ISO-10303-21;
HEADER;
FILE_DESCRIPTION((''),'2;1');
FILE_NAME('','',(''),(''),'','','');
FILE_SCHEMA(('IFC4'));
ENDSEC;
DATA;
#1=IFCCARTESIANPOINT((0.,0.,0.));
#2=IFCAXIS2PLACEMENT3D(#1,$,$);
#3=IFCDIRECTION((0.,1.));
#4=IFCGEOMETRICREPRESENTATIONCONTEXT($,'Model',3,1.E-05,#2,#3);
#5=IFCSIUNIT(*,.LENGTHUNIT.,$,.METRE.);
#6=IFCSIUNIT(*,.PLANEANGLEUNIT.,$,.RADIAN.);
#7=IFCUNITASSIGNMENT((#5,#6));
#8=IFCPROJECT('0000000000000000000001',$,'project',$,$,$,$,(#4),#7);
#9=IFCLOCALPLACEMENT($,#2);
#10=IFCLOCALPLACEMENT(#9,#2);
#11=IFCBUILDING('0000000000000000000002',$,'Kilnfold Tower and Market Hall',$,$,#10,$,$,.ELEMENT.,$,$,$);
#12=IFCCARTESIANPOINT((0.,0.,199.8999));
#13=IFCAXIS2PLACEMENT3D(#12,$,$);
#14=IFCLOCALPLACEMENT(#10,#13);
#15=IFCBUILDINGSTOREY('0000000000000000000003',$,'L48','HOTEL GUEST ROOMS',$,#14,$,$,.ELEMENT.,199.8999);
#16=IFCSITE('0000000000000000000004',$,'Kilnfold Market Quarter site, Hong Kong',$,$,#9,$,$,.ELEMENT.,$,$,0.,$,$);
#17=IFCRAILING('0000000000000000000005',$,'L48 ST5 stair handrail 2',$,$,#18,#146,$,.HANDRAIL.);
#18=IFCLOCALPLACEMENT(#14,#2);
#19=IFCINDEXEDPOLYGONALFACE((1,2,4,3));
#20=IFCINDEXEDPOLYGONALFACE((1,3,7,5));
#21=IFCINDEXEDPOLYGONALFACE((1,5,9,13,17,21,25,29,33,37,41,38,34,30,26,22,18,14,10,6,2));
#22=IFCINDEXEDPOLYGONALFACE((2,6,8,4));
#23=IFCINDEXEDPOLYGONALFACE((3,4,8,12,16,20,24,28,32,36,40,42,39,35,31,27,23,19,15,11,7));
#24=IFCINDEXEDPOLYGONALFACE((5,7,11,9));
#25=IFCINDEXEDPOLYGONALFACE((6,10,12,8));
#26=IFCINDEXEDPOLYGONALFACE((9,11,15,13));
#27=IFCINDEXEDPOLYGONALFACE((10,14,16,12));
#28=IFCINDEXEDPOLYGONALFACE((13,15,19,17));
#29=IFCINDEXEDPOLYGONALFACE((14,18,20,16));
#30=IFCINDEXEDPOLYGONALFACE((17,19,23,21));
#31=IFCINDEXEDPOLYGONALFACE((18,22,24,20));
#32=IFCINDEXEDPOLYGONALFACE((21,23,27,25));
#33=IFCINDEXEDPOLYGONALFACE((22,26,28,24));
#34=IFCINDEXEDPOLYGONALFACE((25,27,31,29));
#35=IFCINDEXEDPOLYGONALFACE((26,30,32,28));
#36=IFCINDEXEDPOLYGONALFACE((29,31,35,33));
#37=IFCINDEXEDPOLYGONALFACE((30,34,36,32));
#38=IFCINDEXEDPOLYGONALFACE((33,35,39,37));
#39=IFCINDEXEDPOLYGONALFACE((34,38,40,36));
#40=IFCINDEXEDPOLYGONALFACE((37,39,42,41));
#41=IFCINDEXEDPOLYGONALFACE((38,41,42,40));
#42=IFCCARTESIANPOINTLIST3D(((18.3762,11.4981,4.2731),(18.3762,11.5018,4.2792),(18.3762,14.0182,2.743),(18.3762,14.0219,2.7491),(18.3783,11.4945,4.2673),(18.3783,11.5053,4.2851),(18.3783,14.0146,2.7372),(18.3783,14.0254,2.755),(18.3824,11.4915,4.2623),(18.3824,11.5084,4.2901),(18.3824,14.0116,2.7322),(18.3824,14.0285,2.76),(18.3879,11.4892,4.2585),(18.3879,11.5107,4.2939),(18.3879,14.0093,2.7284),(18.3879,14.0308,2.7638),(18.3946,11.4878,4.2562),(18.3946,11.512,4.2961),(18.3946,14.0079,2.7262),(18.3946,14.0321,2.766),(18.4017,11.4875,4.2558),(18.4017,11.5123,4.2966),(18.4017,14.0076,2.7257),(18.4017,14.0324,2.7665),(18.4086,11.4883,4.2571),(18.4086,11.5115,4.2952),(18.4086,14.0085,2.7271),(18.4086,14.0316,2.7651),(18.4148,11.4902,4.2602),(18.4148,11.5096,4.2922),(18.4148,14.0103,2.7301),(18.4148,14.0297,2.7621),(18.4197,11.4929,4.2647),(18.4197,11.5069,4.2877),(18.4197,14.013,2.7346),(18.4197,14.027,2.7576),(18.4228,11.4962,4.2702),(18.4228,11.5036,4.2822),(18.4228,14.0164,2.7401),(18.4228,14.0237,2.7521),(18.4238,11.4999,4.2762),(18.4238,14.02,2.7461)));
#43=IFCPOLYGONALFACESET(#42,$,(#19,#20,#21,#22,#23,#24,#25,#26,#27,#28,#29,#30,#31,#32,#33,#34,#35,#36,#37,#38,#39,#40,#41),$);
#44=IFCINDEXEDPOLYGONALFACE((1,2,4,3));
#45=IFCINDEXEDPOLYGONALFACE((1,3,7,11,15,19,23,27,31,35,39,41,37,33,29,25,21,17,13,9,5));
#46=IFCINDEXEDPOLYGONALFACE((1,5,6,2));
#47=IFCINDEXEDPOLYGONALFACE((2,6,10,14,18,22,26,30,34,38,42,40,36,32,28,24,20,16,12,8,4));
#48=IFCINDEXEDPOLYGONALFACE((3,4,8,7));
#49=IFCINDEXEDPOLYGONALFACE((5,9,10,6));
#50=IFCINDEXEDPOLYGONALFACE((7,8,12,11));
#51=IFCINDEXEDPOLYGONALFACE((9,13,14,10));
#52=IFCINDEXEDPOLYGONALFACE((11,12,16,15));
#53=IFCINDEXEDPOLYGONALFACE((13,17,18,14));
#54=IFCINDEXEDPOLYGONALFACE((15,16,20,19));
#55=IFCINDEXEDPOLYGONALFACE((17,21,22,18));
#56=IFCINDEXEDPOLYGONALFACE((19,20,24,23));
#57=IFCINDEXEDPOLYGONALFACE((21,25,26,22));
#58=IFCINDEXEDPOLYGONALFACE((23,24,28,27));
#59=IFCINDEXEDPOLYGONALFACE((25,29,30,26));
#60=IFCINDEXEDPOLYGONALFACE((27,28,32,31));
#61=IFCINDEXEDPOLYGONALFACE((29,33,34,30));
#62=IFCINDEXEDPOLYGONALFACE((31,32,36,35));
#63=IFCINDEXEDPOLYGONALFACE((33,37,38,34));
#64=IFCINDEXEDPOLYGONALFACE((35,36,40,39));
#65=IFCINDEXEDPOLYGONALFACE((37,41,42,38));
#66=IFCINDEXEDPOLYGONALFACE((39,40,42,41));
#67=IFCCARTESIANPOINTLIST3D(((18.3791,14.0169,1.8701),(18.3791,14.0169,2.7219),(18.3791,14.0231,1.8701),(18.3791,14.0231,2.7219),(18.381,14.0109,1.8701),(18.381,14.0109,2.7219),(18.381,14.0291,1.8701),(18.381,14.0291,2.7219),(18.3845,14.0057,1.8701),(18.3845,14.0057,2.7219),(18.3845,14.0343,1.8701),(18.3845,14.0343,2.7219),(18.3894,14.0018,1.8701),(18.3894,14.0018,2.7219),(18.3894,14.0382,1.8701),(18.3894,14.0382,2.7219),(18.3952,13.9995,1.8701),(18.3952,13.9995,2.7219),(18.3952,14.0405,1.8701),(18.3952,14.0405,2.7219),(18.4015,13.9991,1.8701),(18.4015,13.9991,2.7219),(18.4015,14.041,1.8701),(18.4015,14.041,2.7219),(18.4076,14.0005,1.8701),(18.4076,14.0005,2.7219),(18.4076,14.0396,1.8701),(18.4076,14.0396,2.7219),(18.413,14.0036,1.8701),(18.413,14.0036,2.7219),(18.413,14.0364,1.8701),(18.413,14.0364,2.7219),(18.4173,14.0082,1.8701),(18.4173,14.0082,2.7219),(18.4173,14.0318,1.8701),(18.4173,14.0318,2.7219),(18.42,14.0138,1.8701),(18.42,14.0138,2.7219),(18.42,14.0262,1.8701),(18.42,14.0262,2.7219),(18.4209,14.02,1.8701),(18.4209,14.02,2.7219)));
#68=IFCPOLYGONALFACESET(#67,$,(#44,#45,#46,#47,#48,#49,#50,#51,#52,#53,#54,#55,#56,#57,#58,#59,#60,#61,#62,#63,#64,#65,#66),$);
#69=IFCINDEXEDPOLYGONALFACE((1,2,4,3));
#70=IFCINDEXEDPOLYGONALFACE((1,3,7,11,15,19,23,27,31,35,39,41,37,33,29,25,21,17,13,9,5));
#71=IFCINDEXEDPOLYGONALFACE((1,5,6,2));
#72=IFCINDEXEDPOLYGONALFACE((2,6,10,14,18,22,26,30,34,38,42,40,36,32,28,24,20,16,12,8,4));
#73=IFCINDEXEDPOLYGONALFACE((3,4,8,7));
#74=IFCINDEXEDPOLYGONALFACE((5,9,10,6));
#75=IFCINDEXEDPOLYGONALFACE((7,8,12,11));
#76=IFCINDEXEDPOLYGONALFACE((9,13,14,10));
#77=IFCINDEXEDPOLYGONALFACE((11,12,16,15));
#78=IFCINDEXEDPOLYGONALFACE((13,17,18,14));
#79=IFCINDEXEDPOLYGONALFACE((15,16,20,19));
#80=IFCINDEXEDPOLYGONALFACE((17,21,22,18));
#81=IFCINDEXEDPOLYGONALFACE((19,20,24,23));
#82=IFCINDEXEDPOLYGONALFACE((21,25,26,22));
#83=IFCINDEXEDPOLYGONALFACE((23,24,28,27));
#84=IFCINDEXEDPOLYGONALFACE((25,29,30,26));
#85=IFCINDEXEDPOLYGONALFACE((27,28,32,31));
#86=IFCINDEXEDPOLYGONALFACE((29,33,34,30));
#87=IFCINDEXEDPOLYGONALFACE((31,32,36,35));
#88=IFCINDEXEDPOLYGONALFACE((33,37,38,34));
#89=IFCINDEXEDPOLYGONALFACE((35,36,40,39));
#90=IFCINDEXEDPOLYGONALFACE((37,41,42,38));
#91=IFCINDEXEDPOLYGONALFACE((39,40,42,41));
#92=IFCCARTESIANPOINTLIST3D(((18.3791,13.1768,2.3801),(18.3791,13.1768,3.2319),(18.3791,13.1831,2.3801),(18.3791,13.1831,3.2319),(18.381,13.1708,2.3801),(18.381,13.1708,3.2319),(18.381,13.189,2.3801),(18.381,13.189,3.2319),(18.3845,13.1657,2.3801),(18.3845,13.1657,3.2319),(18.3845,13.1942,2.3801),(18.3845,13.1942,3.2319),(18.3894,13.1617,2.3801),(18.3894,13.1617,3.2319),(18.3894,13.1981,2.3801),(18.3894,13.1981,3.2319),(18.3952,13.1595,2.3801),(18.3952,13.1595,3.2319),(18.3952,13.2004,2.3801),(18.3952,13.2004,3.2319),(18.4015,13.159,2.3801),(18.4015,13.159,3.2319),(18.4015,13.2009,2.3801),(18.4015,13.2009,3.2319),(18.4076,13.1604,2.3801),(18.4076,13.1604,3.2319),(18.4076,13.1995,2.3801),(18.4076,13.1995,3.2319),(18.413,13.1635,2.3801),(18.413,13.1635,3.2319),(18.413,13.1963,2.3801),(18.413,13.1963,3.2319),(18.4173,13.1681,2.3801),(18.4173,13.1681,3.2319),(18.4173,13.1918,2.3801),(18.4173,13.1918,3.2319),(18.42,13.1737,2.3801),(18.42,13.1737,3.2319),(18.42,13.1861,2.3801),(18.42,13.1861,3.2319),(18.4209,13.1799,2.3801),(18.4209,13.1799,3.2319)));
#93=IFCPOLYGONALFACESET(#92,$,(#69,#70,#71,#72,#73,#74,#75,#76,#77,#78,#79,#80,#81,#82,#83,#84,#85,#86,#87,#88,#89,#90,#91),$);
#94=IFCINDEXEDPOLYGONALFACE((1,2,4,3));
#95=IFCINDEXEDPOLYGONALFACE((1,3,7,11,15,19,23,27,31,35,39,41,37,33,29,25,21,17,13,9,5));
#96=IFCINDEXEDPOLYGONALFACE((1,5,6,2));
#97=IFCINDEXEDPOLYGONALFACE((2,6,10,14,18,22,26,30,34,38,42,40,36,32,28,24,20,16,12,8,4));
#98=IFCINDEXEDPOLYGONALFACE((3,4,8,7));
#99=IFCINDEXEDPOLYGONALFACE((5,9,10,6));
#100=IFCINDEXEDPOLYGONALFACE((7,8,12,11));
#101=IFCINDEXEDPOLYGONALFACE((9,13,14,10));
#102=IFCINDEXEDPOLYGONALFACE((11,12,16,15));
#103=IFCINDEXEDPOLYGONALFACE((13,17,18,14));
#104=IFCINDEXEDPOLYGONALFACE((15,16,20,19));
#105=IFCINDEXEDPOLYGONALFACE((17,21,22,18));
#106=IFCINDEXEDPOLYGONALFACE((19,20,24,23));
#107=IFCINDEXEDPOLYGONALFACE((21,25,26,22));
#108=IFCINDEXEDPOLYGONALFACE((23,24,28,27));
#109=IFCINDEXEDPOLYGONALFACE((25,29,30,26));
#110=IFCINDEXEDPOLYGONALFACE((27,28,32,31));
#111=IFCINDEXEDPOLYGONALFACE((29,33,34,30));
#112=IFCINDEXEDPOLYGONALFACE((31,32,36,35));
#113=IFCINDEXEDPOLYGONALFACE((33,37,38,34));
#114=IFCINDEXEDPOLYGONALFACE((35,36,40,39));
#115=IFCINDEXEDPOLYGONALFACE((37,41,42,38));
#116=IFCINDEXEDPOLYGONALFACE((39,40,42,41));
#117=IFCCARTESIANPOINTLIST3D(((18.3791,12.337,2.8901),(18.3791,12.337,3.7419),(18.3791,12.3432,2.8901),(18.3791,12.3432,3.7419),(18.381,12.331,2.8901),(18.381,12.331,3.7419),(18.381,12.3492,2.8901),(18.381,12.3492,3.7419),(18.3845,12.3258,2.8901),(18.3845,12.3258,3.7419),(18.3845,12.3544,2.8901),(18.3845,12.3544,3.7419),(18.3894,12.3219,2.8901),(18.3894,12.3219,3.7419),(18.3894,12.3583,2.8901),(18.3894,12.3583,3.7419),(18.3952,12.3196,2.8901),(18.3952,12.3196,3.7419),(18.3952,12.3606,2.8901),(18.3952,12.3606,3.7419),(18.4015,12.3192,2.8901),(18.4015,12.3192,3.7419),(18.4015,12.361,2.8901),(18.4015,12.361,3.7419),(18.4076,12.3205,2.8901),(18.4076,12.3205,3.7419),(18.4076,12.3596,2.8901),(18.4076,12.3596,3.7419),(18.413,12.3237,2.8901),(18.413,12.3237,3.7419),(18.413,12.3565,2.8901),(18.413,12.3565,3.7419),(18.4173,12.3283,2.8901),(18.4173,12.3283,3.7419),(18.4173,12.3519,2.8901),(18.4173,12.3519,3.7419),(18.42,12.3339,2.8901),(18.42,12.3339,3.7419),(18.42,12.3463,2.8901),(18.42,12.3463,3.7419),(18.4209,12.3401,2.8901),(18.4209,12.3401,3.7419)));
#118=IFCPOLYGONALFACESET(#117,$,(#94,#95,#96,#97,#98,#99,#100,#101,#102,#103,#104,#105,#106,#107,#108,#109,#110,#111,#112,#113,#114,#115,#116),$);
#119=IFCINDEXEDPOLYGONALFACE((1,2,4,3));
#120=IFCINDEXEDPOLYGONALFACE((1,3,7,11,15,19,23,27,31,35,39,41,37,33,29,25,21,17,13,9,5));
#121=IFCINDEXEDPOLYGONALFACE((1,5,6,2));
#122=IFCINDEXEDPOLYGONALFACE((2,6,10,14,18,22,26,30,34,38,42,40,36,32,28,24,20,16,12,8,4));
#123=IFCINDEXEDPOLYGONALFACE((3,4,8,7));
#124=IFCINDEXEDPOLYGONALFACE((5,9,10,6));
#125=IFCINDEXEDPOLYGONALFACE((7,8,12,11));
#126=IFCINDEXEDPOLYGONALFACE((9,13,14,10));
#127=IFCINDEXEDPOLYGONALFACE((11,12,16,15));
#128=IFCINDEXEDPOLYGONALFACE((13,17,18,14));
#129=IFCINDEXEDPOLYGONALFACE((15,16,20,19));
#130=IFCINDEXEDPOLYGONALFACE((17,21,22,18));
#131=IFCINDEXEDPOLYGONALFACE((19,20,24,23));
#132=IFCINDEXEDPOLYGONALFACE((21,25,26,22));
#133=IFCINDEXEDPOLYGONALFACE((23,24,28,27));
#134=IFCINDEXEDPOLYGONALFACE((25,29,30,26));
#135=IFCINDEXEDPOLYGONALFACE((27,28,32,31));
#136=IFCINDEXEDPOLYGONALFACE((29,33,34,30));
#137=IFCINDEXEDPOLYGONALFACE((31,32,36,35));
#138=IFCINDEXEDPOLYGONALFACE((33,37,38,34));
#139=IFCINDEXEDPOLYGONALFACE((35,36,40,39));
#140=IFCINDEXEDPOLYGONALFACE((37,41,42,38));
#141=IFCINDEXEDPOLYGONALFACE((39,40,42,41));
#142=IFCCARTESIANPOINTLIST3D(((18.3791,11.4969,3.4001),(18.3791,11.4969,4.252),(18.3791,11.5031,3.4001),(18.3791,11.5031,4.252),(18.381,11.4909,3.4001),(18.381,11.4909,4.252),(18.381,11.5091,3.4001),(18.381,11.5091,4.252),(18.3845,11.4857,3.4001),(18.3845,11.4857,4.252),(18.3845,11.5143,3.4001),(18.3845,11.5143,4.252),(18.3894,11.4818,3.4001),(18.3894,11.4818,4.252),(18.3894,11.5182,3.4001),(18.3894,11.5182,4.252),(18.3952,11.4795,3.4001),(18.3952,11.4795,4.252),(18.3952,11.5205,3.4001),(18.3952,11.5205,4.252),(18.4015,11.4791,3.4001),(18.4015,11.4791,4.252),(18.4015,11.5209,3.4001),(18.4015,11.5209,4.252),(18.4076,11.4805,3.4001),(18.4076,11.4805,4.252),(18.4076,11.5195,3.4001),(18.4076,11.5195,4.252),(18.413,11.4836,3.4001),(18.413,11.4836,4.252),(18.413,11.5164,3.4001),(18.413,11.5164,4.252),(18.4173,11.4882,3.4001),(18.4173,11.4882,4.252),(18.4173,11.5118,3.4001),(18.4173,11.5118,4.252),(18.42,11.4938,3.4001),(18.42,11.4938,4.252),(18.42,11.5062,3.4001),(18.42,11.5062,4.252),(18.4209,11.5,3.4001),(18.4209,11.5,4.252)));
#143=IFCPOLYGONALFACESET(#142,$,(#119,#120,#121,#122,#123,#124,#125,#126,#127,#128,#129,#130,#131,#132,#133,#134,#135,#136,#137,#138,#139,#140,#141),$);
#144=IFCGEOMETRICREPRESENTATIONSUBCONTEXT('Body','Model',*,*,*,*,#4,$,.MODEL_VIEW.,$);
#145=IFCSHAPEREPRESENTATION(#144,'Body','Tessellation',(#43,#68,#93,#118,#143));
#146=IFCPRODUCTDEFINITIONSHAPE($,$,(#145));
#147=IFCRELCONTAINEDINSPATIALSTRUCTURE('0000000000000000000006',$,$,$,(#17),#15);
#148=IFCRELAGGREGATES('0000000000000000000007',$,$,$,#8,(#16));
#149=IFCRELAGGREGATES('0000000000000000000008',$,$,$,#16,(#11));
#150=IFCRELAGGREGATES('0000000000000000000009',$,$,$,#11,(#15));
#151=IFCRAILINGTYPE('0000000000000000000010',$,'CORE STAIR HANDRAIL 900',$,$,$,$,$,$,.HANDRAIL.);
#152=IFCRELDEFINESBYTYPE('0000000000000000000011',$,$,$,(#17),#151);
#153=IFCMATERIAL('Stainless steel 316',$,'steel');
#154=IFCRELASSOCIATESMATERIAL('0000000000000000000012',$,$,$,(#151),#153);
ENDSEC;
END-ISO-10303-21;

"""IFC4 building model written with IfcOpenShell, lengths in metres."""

from ifc_helpers import new_model, si_unit, direction, frame, origin, origin_2d, place, context, subcontext, project, spatial, circle, extrude, material, type_object, element, save


model = new_model("IFC4")

# Units and contexts
model_context = context("Model", 3, precision=1e-05, world=origin(), true_north=direction((0.0, 1.0)))
body_context = subcontext(model_context, "Body", "Model", "MODEL_VIEW")
ifc_project = project(units=[si_unit("LENGTHUNIT", "METRE"), si_unit("PLANEANGLEUNIT", "RADIAN")], contexts=[model_context])

# Site, building, storey
site_placement = place(None, origin())
site = spatial("IfcSite", under=ifc_project, at=site_placement, Name="Kilnfold Market Quarter site, Hong Kong", CompositionType="ELEMENT", RefElevation=0.0)
building_placement = place(site_placement, origin())
building = spatial("IfcBuilding", under=site, at=building_placement, Name="Kilnfold Tower and Market Hall", CompositionType="ELEMENT")
storey_placement = place(building_placement, frame((0.0, 0.0, 199.8999)))
storey = spatial("IfcBuildingStorey", under=building, at=storey_placement, Name="L48", Description="HOTEL GUEST ROOMS", CompositionType="ELEMENT", Elevation=199.8999)

# Railing
ifc_material_1 = material(Name="Stainless steel 316", Category="steel")
railing_type_1 = type_object("IfcRailingType", Name="CORE STAIR HANDRAIL 900", PredefinedType="HANDRAIL", material=ifc_material_1)
railing_1_placement = place(storey_placement, frame((18.3999, 14.02, 1.8701)))
element("IfcRailing", 1, at=railing_1_placement, inside=storey, type_object=railing_type_1, Name="L48 ST5 stair handrail 2", PredefinedType="HANDRAIL", context=body_context, shape_type="SweptSolid", body=[
    extrude(circle(Radius=0.0239, at=origin_2d()), frame((0.0, 0.0, 0.876), z_axis=(0.0, -0.854785, 0.518982), x_axis=(1.0, 0.0, 0.0)), (0.0, 0.0, 1.0), 2.9482),
    extrude(circle(Radius=0.021, at=origin_2d()), origin(), (0.0, 0.0, 1.0), 0.8518),
    extrude(circle(Radius=0.021, at=origin_2d()), frame((0.0, -0.8401, 0.51)), (0.0, 0.0, 1.0), 0.8518),
    extrude(circle(Radius=0.021, at=origin_2d()), frame((0.0, -1.6799, 1.02)), (0.0, 0.0, 1.0), 0.8518),
    extrude(circle(Radius=0.021, at=origin_2d()), frame((0.0, -2.52, 1.53)), (0.0, 0.0, 1.0), 0.8518),
])

save(model, "model.ifc")
